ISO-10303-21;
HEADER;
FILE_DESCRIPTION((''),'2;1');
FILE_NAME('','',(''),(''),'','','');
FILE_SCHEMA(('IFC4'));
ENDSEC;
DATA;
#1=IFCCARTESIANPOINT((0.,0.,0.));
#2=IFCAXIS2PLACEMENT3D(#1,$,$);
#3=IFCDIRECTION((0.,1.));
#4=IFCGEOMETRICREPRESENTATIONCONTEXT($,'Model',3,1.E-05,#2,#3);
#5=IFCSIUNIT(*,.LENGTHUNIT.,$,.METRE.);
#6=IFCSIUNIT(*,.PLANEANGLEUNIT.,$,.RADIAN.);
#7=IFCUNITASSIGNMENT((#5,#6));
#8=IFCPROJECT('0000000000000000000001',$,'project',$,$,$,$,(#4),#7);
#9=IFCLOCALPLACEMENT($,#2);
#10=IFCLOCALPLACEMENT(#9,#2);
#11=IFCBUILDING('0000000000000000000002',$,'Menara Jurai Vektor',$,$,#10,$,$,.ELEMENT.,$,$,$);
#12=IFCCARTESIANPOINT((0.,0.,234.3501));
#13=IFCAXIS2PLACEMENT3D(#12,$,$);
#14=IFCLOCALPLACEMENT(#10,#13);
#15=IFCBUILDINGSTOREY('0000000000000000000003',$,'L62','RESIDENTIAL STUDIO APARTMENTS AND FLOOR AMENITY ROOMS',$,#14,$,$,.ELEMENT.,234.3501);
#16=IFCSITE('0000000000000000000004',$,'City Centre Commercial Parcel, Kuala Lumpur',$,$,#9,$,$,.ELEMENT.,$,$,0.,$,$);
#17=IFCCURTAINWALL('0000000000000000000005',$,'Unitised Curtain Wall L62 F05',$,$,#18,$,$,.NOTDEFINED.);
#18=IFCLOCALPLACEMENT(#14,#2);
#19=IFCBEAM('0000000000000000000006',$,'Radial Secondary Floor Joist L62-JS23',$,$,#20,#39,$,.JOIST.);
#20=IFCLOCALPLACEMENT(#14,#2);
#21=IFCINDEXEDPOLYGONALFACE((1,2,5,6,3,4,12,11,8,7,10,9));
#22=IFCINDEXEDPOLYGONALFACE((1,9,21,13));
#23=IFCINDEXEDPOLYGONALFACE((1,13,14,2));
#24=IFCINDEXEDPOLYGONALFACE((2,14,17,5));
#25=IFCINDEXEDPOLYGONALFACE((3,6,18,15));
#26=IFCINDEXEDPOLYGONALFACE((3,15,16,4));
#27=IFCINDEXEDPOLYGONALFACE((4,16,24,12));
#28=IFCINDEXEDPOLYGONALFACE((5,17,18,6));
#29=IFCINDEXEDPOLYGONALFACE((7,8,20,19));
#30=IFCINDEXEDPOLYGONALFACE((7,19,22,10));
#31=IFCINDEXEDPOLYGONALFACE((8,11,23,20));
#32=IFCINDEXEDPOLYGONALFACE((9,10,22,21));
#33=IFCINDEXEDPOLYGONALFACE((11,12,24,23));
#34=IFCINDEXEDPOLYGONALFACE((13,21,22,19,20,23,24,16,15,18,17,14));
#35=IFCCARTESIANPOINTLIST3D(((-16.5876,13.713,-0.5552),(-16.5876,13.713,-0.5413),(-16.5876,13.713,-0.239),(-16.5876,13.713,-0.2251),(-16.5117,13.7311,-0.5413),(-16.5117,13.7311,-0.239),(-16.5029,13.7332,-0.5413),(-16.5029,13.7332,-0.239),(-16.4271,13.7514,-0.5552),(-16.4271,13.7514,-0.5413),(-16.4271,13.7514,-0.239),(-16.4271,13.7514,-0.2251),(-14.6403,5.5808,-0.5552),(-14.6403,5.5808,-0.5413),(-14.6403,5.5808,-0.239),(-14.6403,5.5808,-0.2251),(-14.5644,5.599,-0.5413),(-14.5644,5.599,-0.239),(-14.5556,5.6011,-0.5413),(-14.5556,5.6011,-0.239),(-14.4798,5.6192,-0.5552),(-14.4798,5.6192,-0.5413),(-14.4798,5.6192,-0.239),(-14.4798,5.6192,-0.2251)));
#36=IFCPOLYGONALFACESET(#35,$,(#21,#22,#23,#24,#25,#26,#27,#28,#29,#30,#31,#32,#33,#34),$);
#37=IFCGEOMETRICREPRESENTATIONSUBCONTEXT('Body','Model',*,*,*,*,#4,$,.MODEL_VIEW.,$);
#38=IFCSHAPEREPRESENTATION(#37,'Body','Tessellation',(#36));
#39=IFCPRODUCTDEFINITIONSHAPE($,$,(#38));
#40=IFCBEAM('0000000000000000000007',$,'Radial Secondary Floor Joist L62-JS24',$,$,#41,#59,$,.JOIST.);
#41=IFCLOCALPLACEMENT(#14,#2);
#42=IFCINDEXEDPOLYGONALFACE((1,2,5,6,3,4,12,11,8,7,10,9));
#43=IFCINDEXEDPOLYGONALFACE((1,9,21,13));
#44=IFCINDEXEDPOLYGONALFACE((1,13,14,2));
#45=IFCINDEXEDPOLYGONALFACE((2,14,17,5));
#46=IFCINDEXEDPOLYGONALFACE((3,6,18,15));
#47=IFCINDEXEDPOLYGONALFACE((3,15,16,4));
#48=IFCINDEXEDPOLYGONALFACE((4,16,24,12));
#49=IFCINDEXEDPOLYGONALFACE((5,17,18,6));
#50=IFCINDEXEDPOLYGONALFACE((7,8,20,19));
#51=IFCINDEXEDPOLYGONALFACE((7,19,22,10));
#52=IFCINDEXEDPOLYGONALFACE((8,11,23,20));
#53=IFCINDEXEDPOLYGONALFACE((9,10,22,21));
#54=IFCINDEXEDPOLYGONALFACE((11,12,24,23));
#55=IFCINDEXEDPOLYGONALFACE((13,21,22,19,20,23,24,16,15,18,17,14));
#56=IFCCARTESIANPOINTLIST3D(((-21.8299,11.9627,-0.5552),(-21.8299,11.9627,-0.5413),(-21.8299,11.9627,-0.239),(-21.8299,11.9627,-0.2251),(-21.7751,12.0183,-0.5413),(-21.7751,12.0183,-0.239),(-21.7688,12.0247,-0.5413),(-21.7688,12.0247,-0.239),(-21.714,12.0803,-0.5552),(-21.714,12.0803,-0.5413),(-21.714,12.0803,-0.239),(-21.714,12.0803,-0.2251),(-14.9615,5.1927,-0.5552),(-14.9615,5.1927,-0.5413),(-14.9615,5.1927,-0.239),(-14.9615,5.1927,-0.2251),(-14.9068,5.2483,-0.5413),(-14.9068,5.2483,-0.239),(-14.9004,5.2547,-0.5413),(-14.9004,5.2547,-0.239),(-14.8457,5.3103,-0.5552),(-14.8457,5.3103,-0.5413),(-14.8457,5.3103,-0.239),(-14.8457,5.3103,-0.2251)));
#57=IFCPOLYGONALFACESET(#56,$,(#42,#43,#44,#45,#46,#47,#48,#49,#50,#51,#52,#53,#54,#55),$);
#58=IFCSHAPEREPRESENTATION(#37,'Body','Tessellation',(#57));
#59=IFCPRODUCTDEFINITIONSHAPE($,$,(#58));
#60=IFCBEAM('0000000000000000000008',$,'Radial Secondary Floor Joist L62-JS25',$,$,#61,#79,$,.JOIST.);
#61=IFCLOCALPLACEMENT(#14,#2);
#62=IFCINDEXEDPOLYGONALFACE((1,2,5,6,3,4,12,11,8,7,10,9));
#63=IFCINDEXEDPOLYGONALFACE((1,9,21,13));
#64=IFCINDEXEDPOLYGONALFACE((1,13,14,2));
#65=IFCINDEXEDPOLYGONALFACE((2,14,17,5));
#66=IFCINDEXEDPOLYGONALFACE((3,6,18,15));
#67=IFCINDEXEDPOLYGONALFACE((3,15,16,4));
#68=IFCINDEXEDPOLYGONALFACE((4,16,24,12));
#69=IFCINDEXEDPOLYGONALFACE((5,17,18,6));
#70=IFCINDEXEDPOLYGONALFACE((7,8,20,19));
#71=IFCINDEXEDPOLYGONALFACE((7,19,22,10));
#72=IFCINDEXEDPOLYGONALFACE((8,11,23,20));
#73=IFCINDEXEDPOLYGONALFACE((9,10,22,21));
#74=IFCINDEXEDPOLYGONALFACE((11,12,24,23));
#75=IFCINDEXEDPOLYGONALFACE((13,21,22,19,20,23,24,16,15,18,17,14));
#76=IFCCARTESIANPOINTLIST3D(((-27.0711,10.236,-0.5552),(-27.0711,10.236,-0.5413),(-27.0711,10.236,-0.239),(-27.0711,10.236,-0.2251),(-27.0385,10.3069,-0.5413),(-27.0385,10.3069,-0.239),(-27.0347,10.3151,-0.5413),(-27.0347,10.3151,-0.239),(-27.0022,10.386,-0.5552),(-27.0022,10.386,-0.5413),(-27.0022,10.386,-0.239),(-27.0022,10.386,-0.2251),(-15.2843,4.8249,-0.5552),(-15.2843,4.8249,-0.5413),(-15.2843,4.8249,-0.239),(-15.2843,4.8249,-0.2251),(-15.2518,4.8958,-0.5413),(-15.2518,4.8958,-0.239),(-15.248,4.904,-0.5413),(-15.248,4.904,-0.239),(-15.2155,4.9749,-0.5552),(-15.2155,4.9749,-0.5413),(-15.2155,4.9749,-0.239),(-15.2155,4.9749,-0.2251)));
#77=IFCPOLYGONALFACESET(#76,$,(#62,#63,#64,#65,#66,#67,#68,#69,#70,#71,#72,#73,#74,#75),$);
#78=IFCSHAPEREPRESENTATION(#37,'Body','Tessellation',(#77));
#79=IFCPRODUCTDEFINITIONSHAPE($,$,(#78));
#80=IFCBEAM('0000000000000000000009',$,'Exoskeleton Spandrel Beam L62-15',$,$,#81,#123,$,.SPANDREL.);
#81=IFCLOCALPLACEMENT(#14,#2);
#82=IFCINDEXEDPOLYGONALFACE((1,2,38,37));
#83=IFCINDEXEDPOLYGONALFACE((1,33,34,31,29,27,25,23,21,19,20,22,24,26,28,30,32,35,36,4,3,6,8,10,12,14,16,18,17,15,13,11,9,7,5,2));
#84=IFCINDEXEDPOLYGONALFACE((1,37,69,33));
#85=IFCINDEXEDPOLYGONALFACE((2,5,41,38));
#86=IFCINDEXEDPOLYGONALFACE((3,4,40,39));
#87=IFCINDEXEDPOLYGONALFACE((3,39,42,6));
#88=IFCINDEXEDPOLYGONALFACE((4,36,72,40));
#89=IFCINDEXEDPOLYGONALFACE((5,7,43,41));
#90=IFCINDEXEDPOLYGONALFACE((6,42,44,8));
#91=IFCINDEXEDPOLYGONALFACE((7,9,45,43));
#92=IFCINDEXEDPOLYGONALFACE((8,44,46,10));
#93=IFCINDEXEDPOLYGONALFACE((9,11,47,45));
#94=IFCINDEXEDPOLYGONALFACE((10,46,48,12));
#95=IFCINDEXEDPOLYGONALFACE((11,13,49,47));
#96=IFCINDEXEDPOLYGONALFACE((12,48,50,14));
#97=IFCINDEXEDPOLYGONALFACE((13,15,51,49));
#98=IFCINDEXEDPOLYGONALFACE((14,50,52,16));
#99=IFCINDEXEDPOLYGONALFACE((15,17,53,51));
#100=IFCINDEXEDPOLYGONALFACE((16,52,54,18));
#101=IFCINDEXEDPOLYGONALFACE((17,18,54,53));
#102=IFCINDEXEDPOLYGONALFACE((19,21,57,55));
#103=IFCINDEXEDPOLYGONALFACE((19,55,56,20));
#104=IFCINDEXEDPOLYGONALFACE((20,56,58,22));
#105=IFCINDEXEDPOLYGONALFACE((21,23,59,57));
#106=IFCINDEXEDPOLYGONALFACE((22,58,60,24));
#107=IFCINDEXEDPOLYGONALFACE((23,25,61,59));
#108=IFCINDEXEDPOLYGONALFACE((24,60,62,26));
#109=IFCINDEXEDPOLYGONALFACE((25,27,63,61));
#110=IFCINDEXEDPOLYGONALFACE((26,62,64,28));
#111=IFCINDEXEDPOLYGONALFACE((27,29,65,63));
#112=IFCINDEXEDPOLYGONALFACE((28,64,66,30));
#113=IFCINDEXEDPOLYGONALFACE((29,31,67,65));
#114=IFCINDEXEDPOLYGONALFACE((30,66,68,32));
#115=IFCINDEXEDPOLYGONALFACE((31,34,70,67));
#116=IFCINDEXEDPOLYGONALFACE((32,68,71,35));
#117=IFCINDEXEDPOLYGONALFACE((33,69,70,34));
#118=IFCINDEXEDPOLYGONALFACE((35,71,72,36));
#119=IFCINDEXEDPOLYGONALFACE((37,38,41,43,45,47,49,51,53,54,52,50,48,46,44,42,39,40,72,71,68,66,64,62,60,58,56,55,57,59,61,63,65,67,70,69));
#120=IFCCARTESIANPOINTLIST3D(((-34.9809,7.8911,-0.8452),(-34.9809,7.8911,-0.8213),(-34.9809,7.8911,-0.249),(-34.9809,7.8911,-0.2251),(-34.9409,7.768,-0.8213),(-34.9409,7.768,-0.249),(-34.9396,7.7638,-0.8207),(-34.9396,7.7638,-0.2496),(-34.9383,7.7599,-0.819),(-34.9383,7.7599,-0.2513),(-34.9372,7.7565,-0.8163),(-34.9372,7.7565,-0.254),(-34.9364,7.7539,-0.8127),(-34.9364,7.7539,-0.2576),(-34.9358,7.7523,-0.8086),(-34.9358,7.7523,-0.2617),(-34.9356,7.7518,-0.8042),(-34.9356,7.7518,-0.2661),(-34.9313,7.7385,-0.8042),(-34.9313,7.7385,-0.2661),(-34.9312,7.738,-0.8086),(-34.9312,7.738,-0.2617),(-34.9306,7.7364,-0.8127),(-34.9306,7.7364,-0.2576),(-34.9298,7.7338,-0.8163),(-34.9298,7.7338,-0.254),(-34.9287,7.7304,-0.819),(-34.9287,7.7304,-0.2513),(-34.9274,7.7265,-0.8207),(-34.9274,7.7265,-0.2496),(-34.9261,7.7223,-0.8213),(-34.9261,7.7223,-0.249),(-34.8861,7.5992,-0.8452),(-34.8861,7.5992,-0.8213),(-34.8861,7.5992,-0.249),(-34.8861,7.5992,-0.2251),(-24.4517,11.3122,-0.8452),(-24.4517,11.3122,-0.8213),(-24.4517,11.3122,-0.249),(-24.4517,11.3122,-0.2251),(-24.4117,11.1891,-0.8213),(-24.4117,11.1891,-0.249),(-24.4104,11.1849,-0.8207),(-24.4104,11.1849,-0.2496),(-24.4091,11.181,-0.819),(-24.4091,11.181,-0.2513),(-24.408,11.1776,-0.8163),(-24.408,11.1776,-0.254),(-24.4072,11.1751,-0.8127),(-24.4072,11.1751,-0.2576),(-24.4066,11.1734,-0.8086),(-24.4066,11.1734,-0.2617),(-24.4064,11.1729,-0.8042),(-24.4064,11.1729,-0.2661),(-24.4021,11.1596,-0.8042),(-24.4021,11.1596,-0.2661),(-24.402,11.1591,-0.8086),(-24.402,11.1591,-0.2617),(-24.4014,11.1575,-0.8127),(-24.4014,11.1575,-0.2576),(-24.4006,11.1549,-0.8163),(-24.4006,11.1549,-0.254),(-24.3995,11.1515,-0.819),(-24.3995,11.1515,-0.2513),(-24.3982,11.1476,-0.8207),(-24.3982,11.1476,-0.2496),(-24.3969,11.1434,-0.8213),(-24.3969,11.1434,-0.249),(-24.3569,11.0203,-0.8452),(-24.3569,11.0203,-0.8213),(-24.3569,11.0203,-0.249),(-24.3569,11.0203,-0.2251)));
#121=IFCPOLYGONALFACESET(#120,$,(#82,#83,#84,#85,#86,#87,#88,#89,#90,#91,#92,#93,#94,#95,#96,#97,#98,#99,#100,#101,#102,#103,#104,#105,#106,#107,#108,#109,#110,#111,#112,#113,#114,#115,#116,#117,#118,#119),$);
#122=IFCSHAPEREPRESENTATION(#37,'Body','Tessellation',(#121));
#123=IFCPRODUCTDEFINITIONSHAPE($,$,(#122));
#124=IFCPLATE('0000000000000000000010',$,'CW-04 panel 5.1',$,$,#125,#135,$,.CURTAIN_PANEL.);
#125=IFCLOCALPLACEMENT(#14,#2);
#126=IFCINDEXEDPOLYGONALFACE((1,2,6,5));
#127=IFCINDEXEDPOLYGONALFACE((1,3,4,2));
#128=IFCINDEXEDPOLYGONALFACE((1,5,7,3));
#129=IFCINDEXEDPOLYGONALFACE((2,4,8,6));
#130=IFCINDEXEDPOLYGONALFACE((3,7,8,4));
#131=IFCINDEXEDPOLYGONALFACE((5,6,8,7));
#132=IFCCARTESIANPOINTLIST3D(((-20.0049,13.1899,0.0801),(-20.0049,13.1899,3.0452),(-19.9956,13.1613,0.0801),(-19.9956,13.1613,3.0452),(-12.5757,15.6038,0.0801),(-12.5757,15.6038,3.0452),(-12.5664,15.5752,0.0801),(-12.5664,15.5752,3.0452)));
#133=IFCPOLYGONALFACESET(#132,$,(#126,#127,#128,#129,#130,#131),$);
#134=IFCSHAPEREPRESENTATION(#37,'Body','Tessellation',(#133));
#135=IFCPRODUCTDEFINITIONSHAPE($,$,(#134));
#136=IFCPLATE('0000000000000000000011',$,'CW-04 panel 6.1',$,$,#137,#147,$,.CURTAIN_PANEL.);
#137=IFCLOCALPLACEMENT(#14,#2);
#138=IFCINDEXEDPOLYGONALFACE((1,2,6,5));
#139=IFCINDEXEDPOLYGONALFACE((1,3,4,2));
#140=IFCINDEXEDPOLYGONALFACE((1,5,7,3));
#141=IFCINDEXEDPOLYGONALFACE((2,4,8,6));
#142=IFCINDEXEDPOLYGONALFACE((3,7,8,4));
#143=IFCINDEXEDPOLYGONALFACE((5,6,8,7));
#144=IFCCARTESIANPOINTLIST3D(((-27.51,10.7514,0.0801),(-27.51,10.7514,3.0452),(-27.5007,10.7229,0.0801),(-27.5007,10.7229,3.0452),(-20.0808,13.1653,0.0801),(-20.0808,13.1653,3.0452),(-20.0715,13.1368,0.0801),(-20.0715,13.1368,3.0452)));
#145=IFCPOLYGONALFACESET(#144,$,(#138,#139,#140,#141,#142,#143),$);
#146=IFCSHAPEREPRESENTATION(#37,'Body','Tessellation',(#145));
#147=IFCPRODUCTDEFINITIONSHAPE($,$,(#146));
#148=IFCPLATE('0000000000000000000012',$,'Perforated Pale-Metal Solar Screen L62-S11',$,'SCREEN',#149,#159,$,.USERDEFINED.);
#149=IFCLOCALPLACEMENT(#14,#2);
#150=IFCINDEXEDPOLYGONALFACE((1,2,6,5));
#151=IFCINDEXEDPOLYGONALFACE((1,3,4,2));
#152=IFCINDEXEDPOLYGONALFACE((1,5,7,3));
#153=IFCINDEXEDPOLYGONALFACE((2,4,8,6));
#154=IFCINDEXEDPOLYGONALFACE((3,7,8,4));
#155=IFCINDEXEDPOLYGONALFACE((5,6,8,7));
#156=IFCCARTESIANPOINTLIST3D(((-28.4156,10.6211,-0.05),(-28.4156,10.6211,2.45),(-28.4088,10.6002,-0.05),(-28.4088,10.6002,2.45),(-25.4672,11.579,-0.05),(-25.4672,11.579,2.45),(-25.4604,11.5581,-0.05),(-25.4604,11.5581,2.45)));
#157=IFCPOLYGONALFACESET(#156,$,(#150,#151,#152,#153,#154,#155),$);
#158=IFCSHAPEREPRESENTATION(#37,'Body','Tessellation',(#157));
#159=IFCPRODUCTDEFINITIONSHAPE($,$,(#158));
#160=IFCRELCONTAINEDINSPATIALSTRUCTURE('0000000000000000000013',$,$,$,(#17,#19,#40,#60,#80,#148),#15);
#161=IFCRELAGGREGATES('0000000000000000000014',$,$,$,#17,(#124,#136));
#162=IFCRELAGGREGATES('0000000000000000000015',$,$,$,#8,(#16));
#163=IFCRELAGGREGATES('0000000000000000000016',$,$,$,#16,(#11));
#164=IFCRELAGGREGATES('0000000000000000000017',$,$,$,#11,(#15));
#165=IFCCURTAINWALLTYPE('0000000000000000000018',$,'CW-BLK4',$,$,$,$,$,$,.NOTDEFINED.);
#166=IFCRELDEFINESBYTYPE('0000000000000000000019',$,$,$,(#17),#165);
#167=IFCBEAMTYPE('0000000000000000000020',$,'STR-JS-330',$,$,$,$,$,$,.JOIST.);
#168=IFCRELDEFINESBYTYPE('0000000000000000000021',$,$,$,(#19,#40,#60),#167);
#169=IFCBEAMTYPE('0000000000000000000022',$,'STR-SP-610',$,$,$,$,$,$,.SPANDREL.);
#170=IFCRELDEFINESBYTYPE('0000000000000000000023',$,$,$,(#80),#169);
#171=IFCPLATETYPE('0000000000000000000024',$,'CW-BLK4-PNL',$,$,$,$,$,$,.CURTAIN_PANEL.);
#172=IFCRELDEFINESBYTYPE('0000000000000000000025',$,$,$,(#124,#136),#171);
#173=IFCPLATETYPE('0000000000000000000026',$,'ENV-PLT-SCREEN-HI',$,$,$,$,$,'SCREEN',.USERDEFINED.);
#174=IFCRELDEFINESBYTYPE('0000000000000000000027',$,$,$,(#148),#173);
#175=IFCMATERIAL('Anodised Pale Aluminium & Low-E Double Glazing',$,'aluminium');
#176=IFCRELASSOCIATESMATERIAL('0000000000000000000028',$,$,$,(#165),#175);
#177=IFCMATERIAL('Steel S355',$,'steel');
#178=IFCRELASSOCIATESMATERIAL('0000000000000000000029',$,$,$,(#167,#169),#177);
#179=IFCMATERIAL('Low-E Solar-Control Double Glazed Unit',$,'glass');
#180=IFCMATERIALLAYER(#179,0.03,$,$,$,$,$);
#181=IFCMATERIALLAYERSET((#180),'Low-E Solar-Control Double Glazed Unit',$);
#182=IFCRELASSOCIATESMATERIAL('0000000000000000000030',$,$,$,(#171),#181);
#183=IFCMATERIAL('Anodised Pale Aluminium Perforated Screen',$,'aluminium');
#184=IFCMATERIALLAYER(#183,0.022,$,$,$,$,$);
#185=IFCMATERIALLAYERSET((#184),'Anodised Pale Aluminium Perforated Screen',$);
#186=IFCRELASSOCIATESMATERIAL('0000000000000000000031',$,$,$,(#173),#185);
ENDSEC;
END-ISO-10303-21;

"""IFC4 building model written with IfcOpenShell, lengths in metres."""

from ifc_helpers import new_model, si_unit, direction, frame, origin, origin_2d, place, context, subcontext, project, spatial, rectangle, i_section, extrude, material, layer, layer_set, material_profile, profile_set, type_object, element, aggregate, save


model = new_model("IFC4")

# Units and contexts
model_context = context("Model", 3, precision=1e-05, world=origin(), true_north=direction((0.0, 1.0)))
body_context = subcontext(model_context, "Body", "Model", "MODEL_VIEW")
ifc_project = project(units=[si_unit("LENGTHUNIT", "METRE"), si_unit("PLANEANGLEUNIT", "RADIAN")], contexts=[model_context])

# Site, building, storey
site_placement = place(None, origin())
site = spatial("IfcSite", under=ifc_project, at=site_placement, Name="City Centre Commercial Parcel, Kuala Lumpur", CompositionType="ELEMENT", RefElevation=0.0)
building_placement = place(site_placement, origin())
building = spatial("IfcBuilding", under=site, at=building_placement, Name="Menara Jurai Vektor", CompositionType="ELEMENT")
storey_placement = place(building_placement, frame((0.0, 0.0, 234.3501)))
storey = spatial("IfcBuildingStorey", under=building, at=storey_placement, Name="L62", Description="RESIDENTIAL STUDIO APARTMENTS AND FLOOR AMENITY ROOMS", CompositionType="ELEMENT", Elevation=234.3501)

# Curtain wall
ifc_material_1 = material(Name="Anodised Pale Aluminium & Low-E Double Glazing", Category="aluminium")
curtain_wall_type = type_object("IfcCurtainWallType", Name="CW-BLK4", PredefinedType="NOTDEFINED", material=ifc_material_1)
curtain_wall_placement = place(storey_placement, origin())
curtain_wall = element("IfcCurtainWall", 1, at=curtain_wall_placement, inside=storey, type_object=curtain_wall_type, Name="Unitised Curtain Wall L62 F05", PredefinedType="NOTDEFINED")

# Beams
ifc_material_2 = material(Name="Steel S355", Category="steel")
ifc_material_profile_1 = material_profile(ifc_material_2, i_section(OverallWidth=0.165, OverallDepth=0.3301, WebThickness=0.009, FlangeThickness=0.0139, at=origin_2d()), Name="PG 330x165x46")
ifc_profile_set_1 = profile_set([ifc_material_profile_1], Name="Steel S355")
beam_type_1 = type_object("IfcBeamType", Name="STR-JS-330", PredefinedType="JOIST", material=ifc_profile_set_1)
beam_1_placement = place(storey_placement, frame((-16.5073, 13.7322, -0.3901), z_axis=(0.232872, -0.972507, 0.0), x_axis=(0.972507, 0.232872, 0.0)))
element("IfcBeam", 2, at=beam_1_placement, inside=storey, type_object=beam_type_1, Name="Radial Secondary Floor Joist L62-JS23", PredefinedType="JOIST", context=body_context, shape_type="SweptSolid", body=[
    extrude(i_section(OverallWidth=0.165, OverallDepth=0.3301, WebThickness=0.009, FlangeThickness=0.0139, at=origin_2d()), origin(), (0.0, 0.0, 1.0), 8.3621),
])
beam_2_placement = place(storey_placement, frame((-21.772, 12.0215, -0.3901), z_axis=(0.712189, -0.701987, 0.0), x_axis=(0.701987, 0.712189, 0.0)))
element("IfcBeam", 3, at=beam_2_placement, inside=storey, type_object=beam_type_1, Name="Radial Secondary Floor Joist L62-JS24", PredefinedType="JOIST", context=body_context, shape_type="SweptSolid", body=[
    extrude(i_section(OverallWidth=0.165, OverallDepth=0.3301, WebThickness=0.009, FlangeThickness=0.0139, at=origin_2d()), origin(), (0.0, 0.0, 1.0), 9.644),
])
beam_3_placement = place(storey_placement, frame((-27.0366, 10.311, -0.3901), z_axis=(0.908804, -0.417224, 0.0), x_axis=(0.417224, 0.908804, 0.0)))
element("IfcBeam", 4, at=beam_3_placement, inside=storey, type_object=beam_type_1, Name="Radial Secondary Floor Joist L62-JS25", PredefinedType="JOIST", context=body_context, shape_type="SweptSolid", body=[
    extrude(i_section(OverallWidth=0.165, OverallDepth=0.3301, WebThickness=0.009, FlangeThickness=0.0139, at=origin_2d()), origin(), (0.0, 0.0, 1.0), 12.9695),
])
ifc_material_profile_2 = material_profile(ifc_material_2, i_section(OverallWidth=0.3069, OverallDepth=0.6201, WebThickness=0.0139, FlangeThickness=0.0239, FilletRadius=0.0171, at=origin_2d()), Name="UKB 610x305x179")
ifc_profile_set_2 = profile_set([ifc_material_profile_2], Name="Steel S355")
beam_type_2 = type_object("IfcBeamType", Name="STR-SP-610", PredefinedType="SPANDREL", material=ifc_profile_set_2)
beam_4_placement = place(storey_placement, frame((-24.4043, 11.1663, -0.5352), z_axis=(-0.951057, -0.309014, 0.0), x_axis=(0.309014, -0.951057, 0.0)))
element("IfcBeam", 5, at=beam_4_placement, inside=storey, type_object=beam_type_2, Name="Exoskeleton Spandrel Beam L62-15", PredefinedType="SPANDREL", context=body_context, shape_type="SweptSolid", body=[
    extrude(i_section(OverallWidth=0.3069, OverallDepth=0.6201, WebThickness=0.0139, FlangeThickness=0.0239, FilletRadius=0.0171, at=origin_2d()), origin(), (0.0, 0.0, 1.0), 11.071),
])

# Plates
ifc_material_3 = material(Name="Low-E Solar-Control Double Glazed Unit", Category="glass")
ifc_layer_1 = layer(ifc_material_3, 0.03)
ifc_layer_set_1 = layer_set([ifc_layer_1], Name="Low-E Solar-Control Double Glazed Unit")
plate_type_1 = type_object("IfcPlateType", Name="CW-BLK4-PNL", PredefinedType="CURTAIN_PANEL", material=ifc_layer_set_1)
plate_1_placement = place(storey_placement, frame((-16.2856, 14.3826, 0.0801), z_axis=(0.0, 0.0, 1.0), x_axis=(-0.951056, -0.309017, 0.0)))
plate_1 = element("IfcPlate", 6, at=plate_1_placement, type_object=plate_type_1, Name="CW-04 panel 5.1", PredefinedType="CURTAIN_PANEL", context=body_context, shape_type="SweptSolid", body=[
    extrude(rectangle(XDim=7.8115, YDim=0.03, at=origin_2d()), origin(), (0.0, 0.0, 1.0), 2.9651),
])
plate_2_placement = place(storey_placement, frame((-23.7908, 11.9441, 0.0801), z_axis=(0.0, 0.0, 1.0), x_axis=(-0.951056, -0.309017, 0.0)))
plate_2 = element("IfcPlate", 7, at=plate_2_placement, type_object=plate_type_1, Name="CW-04 panel 6.1", PredefinedType="CURTAIN_PANEL", context=body_context, shape_type="SweptSolid", body=[
    extrude(rectangle(XDim=7.8115, YDim=0.03, at=origin_2d()), origin(), (0.0, 0.0, 1.0), 2.9651),
])
aggregate(curtain_wall, [plate_1, plate_2])
ifc_material_4 = material(Name="Anodised Pale Aluminium Perforated Screen", Category="aluminium")
ifc_layer_2 = layer(ifc_material_4, 0.022)
ifc_layer_set_2 = layer_set([ifc_layer_2], Name="Anodised Pale Aluminium Perforated Screen")
plate_type_2 = type_object("IfcPlateType", Name="ENV-PLT-SCREEN-HI", ElementType="SCREEN", PredefinedType="USERDEFINED", material=ifc_layer_set_2)
plate_3_placement = place(storey_placement, frame((-26.938, 11.0896, -0.05), z_axis=(0.0, 0.0, 1.0), x_axis=(-0.951057, -0.309017, 0.0)))
element("IfcPlate", 8, at=plate_3_placement, inside=storey, type_object=plate_type_2, Name="Perforated Pale-Metal Solar Screen L62-S11", ObjectType="SCREEN", PredefinedType="USERDEFINED", context=body_context, shape_type="SweptSolid", body=[
    extrude(rectangle(XDim=3.1001, YDim=0.022, at=origin_2d()), origin(), (0.0, 0.0, 1.0), 2.5),
])

save(model, "model.ifc")
